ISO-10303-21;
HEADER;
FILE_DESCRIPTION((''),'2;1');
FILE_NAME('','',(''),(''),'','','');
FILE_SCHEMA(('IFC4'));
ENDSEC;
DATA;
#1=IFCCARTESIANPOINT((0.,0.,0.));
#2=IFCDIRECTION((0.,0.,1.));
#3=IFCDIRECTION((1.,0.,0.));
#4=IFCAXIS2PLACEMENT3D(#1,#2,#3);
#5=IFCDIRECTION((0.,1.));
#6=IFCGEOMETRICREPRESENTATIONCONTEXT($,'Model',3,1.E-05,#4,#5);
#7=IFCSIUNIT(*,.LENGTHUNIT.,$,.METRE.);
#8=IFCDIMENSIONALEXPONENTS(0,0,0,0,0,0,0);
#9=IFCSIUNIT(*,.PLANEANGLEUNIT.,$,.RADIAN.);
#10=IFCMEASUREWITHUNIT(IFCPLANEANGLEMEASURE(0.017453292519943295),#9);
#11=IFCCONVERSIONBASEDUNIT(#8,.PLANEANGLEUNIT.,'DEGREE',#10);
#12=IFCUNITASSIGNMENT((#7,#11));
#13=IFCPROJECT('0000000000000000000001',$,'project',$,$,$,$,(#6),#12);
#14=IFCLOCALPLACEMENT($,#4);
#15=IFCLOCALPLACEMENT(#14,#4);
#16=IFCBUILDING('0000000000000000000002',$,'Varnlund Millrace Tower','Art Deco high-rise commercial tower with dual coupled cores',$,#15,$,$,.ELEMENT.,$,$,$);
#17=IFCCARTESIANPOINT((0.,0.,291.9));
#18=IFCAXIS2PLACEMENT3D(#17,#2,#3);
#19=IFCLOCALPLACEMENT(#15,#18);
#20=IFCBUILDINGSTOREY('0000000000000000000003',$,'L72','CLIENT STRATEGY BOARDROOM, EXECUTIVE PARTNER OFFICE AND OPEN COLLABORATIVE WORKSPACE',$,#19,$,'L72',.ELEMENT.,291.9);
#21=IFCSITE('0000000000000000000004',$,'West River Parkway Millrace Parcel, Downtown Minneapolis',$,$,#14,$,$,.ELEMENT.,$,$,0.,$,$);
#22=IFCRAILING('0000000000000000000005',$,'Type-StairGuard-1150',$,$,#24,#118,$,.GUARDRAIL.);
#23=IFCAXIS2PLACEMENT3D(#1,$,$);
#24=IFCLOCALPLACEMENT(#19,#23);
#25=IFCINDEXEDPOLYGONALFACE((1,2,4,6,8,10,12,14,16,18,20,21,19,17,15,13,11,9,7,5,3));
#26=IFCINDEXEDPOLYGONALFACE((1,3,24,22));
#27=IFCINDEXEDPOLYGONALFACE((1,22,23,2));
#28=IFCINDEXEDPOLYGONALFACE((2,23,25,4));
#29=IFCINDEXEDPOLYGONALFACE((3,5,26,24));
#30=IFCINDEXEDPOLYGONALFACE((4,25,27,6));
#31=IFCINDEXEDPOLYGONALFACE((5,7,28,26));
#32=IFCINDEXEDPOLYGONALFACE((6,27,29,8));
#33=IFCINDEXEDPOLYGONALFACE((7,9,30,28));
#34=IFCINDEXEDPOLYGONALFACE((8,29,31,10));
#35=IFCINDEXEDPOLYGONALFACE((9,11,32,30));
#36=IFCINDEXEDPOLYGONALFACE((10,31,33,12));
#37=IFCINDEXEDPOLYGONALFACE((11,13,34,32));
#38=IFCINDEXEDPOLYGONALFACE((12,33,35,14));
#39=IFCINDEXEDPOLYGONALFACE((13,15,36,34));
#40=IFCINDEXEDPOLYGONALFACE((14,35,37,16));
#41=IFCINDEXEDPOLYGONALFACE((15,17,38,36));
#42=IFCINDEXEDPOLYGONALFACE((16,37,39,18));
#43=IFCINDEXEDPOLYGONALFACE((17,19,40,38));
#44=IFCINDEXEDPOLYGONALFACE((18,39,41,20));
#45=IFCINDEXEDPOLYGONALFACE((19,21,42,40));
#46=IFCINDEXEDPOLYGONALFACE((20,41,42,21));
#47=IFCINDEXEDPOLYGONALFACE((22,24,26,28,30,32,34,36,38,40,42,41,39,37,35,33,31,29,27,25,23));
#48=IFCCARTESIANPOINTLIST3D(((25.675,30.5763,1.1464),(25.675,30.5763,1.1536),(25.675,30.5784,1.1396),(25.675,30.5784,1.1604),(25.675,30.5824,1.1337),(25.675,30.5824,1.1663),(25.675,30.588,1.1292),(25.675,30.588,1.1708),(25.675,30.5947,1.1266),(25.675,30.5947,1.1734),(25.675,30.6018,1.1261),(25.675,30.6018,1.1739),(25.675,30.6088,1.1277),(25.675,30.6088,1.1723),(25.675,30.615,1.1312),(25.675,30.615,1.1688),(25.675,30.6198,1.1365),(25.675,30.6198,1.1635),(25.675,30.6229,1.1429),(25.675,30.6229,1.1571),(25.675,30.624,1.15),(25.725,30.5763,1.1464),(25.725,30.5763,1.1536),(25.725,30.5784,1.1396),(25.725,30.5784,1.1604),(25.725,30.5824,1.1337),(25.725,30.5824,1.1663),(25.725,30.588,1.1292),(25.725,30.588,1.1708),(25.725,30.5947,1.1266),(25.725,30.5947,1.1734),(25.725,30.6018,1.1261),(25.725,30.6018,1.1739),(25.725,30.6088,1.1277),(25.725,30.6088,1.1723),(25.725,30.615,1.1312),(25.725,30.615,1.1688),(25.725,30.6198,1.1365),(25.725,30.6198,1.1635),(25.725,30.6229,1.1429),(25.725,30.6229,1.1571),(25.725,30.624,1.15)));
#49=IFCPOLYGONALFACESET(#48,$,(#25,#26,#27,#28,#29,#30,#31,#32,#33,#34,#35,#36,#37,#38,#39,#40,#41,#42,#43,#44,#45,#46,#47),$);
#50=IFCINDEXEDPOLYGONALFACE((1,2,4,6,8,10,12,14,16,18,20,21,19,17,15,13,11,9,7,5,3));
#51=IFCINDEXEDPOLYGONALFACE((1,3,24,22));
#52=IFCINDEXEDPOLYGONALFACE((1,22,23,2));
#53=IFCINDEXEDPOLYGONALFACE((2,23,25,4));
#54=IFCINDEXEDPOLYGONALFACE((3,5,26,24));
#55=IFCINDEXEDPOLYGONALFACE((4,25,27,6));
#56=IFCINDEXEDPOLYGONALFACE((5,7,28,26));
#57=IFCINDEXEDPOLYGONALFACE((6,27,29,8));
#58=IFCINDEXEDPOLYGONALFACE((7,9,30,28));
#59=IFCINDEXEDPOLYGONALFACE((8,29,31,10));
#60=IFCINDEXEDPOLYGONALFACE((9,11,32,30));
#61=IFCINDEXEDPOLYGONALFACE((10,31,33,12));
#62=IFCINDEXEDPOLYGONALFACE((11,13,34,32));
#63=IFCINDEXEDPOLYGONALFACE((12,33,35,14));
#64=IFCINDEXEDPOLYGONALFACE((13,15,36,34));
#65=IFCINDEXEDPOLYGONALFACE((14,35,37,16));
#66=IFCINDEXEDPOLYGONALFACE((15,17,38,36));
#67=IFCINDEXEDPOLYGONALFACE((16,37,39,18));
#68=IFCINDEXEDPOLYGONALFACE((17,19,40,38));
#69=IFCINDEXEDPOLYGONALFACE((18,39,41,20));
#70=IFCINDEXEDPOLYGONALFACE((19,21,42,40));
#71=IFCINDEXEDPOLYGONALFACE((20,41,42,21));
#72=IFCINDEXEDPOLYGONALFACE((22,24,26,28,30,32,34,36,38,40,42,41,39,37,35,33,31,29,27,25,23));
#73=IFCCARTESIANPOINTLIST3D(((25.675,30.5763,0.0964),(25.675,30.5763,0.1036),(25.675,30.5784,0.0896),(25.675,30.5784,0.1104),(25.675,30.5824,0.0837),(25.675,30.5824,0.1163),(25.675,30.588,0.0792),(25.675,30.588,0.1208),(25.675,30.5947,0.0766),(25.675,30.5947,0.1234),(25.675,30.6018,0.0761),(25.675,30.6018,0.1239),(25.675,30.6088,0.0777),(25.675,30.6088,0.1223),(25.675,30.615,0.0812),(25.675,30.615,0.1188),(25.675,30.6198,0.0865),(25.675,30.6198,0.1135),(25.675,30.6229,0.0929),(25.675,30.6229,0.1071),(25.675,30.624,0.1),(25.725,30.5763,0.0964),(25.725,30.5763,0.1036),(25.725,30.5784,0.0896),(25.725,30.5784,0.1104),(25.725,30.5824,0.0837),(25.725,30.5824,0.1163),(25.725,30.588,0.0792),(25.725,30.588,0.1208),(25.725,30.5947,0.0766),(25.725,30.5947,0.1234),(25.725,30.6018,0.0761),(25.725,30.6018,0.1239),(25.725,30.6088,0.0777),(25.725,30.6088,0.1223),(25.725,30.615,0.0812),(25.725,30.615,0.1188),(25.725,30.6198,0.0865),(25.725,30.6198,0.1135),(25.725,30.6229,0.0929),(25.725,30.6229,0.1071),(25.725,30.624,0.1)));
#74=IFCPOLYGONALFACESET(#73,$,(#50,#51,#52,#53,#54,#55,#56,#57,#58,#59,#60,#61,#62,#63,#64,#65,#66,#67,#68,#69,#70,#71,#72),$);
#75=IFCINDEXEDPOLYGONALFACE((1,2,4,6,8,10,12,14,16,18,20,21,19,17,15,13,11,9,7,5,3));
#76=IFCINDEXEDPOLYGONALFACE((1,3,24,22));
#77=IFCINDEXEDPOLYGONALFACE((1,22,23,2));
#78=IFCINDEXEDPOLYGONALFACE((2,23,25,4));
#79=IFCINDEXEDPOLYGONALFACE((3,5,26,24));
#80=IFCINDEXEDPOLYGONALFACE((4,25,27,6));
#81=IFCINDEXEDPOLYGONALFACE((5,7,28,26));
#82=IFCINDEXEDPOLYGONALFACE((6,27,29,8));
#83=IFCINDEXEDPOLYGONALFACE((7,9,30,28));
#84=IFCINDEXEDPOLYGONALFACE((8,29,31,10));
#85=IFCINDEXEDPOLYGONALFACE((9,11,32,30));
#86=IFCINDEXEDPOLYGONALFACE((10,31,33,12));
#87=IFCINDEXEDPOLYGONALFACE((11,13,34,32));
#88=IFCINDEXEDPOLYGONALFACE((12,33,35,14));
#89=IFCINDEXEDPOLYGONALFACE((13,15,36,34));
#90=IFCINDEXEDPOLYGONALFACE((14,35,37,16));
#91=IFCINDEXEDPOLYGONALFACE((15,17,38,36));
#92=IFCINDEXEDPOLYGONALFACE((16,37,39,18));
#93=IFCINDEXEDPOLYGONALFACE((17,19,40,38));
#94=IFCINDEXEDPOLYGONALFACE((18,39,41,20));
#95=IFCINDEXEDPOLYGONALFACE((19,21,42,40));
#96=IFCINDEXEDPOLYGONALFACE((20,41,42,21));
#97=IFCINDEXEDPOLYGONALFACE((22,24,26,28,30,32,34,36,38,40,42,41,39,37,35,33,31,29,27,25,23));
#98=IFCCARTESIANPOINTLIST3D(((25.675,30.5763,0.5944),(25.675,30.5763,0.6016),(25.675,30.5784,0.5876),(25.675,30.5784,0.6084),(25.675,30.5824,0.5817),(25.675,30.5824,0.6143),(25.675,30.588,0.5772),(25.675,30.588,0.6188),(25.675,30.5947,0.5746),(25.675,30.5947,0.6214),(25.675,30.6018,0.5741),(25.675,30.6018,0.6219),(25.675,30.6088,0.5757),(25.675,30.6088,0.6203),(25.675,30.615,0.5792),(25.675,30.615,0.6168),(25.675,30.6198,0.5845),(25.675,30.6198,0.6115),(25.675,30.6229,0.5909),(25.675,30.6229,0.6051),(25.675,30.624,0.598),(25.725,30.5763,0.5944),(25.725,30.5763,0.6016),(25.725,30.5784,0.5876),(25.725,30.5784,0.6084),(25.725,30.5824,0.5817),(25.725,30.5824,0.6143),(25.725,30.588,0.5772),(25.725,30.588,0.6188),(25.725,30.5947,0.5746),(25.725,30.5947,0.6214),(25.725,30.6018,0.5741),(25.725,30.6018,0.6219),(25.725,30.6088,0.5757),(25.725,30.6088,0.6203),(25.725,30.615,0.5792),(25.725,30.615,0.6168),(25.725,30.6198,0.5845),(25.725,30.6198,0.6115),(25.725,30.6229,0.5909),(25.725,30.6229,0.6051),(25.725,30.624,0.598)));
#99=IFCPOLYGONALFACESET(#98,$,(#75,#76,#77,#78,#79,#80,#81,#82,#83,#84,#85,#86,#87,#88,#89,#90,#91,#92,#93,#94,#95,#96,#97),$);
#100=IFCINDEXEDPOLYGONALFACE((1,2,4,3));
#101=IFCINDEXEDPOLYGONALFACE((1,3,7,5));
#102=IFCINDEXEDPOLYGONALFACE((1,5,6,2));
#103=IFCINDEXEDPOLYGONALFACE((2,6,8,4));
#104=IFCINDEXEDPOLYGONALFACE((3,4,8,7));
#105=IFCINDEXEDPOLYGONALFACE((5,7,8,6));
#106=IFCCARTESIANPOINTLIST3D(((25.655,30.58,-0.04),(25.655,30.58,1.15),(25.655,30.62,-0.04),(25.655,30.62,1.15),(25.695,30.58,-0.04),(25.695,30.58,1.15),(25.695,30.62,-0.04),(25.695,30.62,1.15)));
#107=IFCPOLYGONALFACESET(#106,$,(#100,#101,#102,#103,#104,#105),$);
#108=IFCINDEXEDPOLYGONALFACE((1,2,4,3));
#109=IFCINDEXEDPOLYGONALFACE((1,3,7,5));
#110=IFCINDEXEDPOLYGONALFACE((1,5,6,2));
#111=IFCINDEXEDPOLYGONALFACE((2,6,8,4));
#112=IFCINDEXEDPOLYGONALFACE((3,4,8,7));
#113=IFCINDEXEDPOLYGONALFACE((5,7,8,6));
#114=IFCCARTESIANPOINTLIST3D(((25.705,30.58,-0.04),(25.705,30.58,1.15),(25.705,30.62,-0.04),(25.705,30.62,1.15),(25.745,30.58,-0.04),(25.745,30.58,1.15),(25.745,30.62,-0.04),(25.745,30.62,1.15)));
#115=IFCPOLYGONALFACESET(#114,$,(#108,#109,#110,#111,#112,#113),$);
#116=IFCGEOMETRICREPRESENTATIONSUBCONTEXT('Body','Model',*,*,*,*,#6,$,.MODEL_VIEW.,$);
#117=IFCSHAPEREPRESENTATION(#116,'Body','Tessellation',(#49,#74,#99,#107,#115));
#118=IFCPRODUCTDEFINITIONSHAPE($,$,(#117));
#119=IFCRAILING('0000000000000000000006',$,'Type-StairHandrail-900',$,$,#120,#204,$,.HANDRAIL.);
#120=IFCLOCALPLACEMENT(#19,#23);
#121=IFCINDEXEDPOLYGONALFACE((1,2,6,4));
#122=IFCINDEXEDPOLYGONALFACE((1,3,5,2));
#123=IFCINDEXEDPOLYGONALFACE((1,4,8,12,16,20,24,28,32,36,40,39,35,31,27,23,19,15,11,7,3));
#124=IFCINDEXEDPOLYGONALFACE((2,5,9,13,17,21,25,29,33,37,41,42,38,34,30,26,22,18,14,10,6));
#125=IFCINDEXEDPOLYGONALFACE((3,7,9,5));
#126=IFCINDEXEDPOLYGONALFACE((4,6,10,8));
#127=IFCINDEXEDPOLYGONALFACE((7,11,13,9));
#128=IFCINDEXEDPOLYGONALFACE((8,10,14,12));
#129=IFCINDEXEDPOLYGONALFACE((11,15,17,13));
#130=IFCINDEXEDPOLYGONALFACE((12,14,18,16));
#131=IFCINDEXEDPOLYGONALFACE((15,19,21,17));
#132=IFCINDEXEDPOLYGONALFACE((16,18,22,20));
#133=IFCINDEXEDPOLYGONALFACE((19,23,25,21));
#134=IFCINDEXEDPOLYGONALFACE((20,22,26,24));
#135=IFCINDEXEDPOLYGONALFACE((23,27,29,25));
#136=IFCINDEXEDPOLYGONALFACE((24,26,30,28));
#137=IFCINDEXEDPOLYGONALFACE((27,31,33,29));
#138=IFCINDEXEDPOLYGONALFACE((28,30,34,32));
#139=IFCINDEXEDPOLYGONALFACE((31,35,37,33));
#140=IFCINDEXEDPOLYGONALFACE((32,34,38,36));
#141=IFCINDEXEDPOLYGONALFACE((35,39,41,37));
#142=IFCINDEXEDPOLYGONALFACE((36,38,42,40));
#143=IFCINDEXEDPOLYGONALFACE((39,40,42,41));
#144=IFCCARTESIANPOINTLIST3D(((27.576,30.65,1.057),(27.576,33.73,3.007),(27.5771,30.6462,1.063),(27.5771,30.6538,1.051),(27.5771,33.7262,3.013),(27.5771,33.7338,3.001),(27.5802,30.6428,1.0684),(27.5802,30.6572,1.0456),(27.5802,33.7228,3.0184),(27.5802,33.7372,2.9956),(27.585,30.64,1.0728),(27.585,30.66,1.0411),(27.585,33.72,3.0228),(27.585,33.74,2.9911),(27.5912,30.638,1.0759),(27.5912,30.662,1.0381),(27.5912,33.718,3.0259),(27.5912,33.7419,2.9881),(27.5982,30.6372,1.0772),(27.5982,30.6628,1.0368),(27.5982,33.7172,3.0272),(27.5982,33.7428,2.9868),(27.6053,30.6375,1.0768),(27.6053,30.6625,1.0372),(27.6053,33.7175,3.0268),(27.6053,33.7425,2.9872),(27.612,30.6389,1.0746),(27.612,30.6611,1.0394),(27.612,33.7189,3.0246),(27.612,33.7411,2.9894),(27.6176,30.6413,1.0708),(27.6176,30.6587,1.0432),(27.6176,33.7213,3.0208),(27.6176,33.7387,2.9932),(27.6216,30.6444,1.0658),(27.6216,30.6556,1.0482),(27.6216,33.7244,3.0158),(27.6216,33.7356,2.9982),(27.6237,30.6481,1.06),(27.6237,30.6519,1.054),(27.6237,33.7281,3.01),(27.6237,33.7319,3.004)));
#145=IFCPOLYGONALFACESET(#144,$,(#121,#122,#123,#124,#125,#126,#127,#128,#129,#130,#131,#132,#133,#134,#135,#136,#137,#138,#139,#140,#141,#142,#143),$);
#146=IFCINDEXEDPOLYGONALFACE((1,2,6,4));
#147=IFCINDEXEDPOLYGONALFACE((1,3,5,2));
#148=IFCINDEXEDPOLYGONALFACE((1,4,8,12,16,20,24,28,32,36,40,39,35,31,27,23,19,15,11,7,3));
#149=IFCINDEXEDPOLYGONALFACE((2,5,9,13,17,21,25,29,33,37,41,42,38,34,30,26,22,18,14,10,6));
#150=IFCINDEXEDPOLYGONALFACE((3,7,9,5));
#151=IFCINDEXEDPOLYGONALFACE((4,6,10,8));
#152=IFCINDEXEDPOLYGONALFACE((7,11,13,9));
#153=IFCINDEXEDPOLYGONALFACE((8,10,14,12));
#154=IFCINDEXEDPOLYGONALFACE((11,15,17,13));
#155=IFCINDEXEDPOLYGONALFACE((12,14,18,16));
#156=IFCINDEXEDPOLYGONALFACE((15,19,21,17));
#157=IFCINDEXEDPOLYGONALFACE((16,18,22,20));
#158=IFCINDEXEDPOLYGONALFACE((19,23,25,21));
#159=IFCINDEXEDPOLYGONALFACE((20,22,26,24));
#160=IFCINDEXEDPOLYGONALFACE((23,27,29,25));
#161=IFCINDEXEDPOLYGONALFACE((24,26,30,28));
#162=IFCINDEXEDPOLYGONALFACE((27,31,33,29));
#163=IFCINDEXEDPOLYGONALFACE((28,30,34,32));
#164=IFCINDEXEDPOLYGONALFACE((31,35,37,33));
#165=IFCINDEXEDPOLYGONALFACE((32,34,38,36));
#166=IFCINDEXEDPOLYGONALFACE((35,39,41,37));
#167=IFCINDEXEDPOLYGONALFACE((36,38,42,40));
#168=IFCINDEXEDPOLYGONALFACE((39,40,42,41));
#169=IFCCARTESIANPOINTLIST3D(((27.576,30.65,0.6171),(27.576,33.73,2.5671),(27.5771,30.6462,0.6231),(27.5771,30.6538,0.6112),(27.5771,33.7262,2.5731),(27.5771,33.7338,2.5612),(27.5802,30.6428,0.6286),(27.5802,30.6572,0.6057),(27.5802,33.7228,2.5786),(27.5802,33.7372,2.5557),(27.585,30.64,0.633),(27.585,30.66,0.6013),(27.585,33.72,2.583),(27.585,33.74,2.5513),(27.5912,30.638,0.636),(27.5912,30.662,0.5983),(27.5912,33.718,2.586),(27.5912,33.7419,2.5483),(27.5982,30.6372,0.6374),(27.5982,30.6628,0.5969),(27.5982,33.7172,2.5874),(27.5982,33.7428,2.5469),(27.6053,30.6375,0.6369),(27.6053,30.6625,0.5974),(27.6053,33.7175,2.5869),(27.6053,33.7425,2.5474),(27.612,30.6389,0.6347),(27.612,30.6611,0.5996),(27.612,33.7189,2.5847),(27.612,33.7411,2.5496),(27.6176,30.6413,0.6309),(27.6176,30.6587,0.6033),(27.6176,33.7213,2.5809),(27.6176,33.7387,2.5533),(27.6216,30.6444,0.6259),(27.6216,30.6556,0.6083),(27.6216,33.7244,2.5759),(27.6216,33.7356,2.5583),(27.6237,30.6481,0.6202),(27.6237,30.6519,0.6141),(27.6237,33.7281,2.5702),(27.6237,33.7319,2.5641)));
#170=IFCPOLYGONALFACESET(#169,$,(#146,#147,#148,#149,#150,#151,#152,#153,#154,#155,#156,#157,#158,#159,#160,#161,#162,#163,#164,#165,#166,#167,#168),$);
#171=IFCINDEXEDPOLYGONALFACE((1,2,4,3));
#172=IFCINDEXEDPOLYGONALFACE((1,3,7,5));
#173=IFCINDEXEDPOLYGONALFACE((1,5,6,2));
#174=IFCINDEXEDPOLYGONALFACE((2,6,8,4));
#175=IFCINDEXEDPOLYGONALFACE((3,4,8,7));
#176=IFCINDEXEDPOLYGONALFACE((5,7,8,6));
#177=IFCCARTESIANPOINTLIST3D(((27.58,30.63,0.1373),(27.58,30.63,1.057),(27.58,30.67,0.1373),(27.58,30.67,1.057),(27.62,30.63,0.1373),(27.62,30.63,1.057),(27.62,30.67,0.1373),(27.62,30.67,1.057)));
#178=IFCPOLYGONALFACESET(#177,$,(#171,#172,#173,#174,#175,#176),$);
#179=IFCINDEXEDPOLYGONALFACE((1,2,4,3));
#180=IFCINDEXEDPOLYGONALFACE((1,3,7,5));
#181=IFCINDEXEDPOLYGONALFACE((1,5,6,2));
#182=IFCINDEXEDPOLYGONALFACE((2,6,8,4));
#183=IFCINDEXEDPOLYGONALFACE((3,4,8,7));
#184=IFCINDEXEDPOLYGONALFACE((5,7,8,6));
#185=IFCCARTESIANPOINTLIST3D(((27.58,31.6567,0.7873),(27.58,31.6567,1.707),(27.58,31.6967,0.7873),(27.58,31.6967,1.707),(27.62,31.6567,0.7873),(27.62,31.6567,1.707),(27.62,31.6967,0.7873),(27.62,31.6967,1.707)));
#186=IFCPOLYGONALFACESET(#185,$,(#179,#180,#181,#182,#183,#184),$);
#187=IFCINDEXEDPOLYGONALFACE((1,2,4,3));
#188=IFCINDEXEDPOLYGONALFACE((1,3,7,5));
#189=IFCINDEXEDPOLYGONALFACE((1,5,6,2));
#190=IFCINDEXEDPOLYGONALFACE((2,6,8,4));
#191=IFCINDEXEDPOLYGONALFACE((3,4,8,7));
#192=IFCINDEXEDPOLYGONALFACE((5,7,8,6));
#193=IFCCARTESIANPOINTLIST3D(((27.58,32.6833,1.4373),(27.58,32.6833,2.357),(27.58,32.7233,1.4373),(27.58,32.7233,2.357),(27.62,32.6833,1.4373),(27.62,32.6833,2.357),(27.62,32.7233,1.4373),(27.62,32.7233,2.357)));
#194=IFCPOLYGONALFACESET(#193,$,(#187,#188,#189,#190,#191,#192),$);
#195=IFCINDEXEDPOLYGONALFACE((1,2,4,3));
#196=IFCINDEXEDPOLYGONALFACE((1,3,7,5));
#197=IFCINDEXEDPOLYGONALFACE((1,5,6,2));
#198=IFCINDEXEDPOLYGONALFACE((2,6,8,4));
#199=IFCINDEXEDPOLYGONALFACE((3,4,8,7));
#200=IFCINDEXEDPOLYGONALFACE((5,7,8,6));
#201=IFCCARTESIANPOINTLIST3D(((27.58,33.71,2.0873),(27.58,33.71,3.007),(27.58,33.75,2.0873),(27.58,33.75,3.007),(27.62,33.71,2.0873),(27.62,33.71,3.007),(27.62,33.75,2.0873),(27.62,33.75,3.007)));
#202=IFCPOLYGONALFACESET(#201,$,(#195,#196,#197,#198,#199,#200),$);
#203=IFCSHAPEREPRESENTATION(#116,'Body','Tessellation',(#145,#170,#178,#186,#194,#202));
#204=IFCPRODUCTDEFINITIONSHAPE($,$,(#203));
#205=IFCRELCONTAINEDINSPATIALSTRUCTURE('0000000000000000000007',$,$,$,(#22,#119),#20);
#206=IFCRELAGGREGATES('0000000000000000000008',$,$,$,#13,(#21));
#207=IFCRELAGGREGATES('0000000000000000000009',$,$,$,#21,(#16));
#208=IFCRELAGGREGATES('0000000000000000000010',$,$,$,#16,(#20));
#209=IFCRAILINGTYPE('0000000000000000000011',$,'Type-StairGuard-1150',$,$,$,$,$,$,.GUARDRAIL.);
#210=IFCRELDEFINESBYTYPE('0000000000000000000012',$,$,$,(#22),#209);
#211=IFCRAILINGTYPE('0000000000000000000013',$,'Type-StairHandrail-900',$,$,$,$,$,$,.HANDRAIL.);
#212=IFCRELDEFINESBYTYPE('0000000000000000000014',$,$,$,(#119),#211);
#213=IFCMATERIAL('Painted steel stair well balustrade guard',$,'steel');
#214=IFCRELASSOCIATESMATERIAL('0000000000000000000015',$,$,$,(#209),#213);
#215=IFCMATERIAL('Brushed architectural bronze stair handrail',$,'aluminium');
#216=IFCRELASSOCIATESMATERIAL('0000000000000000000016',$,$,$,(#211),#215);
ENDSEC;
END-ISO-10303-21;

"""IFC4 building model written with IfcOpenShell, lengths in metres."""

from ifc_helpers import new_model, entity, si_unit, converted_unit, direction, frame, origin_with_axes, origin_2d_with_axis, place, context, subcontext, project, spatial, rectangle, circle, extrude, material, type_object, element, save


model = new_model("IFC4")

# Units and contexts
model_context = context("Model", 3, precision=1e-05, world=origin_with_axes(), true_north=direction((0.0, 1.0)))
body_context = subcontext(model_context, "Body", "Model", "MODEL_VIEW")
ifc_project = project(units=[si_unit("LENGTHUNIT", "METRE"), converted_unit("PLANEANGLEUNIT", "DEGREE", entity("IfcPlaneAngleMeasure", 0.017453292519943295), si_unit("PLANEANGLEUNIT", "RADIAN"), dimensions=[0, 0, 0, 0, 0, 0, 0])], contexts=[model_context])

# Site, building, storey
site_placement = place(None, origin_with_axes())
site = spatial("IfcSite", under=ifc_project, at=site_placement, Name="West River Parkway Millrace Parcel, Downtown Minneapolis", CompositionType="ELEMENT", RefElevation=0.0)
building_placement = place(site_placement, origin_with_axes())
building = spatial("IfcBuilding", under=site, at=building_placement, Name="Varnlund Millrace Tower", Description="Art Deco high-rise commercial tower with dual coupled cores", CompositionType="ELEMENT")
storey_placement = place(building_placement, frame((0.0, 0.0, 291.9), z_axis=(0.0, 0.0, 1.0), x_axis=(1.0, 0.0, 0.0)))
storey = spatial("IfcBuildingStorey", under=building, at=storey_placement, Name="L72", Description="CLIENT STRATEGY BOARDROOM, EXECUTIVE PARTNER OFFICE AND OPEN COLLABORATIVE WORKSPACE", LongName="L72", CompositionType="ELEMENT", Elevation=291.9)

# Railings
ifc_material_1 = material(Name="Painted steel stair well balustrade guard", Category="steel")
railing_type_1 = type_object("IfcRailingType", Name="Type-StairGuard-1150", PredefinedType="GUARDRAIL", material=ifc_material_1)
railing_1_placement = place(storey_placement, frame((0.0, 0.0, -291.9), z_axis=(0.0, 0.0, 1.0), x_axis=(1.0, 0.0, 0.0)))
element("IfcRailing", 1, at=railing_1_placement, inside=storey, type_object=railing_type_1, Name="Type-StairGuard-1150", PredefinedType="GUARDRAIL", context=body_context, shape_type="SweptSolid", body=[
    extrude(circle(Radius=0.024, at=origin_2d_with_axis()), frame((25.675, 30.6, 293.05), z_axis=(1.0, 0.0, 0.0), x_axis=(0.0, 1.0, 0.0)), (0.0, 0.0, 1.0), 0.05),
    extrude(circle(Radius=0.024, at=origin_2d_with_axis()), frame((25.675, 30.6, 292.0), z_axis=(1.0, 0.0, 0.0), x_axis=(0.0, 1.0, 0.0)), (0.0, 0.0, 1.0), 0.05),
    extrude(circle(Radius=0.024, at=origin_2d_with_axis()), frame((25.675, 30.6, 292.498), z_axis=(1.0, 0.0, 0.0), x_axis=(0.0, 1.0, 0.0)), (0.0, 0.0, 1.0), 0.05),
    extrude(rectangle(XDim=0.04, YDim=0.04, at=origin_2d_with_axis()), frame((25.675, 30.6, 291.86), z_axis=(0.0, 0.0, 1.0), x_axis=(1.0, 0.0, 0.0)), (0.0, 0.0, 1.0), 1.19),
    extrude(rectangle(XDim=0.04, YDim=0.04, at=origin_2d_with_axis()), frame((25.725, 30.6, 291.86), z_axis=(0.0, 0.0, 1.0), x_axis=(1.0, 0.0, 0.0)), (0.0, 0.0, 1.0), 1.19),
])
ifc_material_2 = material(Name="Brushed architectural bronze stair handrail", Category="aluminium")
railing_type_2 = type_object("IfcRailingType", Name="Type-StairHandrail-900", PredefinedType="HANDRAIL", material=ifc_material_2)
railing_2_placement = place(storey_placement, frame((0.0, 0.0, -291.9), z_axis=(0.0, 0.0, 1.0), x_axis=(1.0, 0.0, 0.0)))
element("IfcRailing", 2, at=railing_2_placement, inside=storey, type_object=railing_type_2, Name="Type-StairHandrail-900", PredefinedType="HANDRAIL", context=body_context, shape_type="SweptSolid", body=[
    extrude(circle(Radius=0.024, at=origin_2d_with_axis()), frame((27.6, 30.65, 292.957), z_axis=(0.0, 0.844902, 0.534922), x_axis=(-1.0, 0.0, 0.0)), (0.0, 0.0, 1.0), 3.6454),
    extrude(circle(Radius=0.024, at=origin_2d_with_axis()), frame((27.6, 30.65, 292.5171), z_axis=(0.0, 0.844902, 0.534922), x_axis=(-1.0, 0.0, 0.0)), (0.0, 0.0, 1.0), 3.6454),
    extrude(rectangle(XDim=0.04, YDim=0.04, at=origin_2d_with_axis()), frame((27.6, 30.65, 292.0373), z_axis=(0.0, 0.0, 1.0), x_axis=(1.0, 0.0, 0.0)), (0.0, 0.0, 1.0), 0.9197),
    extrude(rectangle(XDim=0.04, YDim=0.04, at=origin_2d_with_axis()), frame((27.6, 31.6767, 292.6873), z_axis=(0.0, 0.0, 1.0), x_axis=(1.0, 0.0, 0.0)), (0.0, 0.0, 1.0), 0.9197),
    extrude(rectangle(XDim=0.04, YDim=0.04, at=origin_2d_with_axis()), frame((27.6, 32.7033, 293.3373), z_axis=(0.0, 0.0, 1.0), x_axis=(1.0, 0.0, 0.0)), (0.0, 0.0, 1.0), 0.9197),
    extrude(rectangle(XDim=0.04, YDim=0.04, at=origin_2d_with_axis()), frame((27.6, 33.73, 293.9873), z_axis=(0.0, 0.0, 1.0), x_axis=(1.0, 0.0, 0.0)), (0.0, 0.0, 1.0), 0.9197),
])

save(model, "model.ifc")
